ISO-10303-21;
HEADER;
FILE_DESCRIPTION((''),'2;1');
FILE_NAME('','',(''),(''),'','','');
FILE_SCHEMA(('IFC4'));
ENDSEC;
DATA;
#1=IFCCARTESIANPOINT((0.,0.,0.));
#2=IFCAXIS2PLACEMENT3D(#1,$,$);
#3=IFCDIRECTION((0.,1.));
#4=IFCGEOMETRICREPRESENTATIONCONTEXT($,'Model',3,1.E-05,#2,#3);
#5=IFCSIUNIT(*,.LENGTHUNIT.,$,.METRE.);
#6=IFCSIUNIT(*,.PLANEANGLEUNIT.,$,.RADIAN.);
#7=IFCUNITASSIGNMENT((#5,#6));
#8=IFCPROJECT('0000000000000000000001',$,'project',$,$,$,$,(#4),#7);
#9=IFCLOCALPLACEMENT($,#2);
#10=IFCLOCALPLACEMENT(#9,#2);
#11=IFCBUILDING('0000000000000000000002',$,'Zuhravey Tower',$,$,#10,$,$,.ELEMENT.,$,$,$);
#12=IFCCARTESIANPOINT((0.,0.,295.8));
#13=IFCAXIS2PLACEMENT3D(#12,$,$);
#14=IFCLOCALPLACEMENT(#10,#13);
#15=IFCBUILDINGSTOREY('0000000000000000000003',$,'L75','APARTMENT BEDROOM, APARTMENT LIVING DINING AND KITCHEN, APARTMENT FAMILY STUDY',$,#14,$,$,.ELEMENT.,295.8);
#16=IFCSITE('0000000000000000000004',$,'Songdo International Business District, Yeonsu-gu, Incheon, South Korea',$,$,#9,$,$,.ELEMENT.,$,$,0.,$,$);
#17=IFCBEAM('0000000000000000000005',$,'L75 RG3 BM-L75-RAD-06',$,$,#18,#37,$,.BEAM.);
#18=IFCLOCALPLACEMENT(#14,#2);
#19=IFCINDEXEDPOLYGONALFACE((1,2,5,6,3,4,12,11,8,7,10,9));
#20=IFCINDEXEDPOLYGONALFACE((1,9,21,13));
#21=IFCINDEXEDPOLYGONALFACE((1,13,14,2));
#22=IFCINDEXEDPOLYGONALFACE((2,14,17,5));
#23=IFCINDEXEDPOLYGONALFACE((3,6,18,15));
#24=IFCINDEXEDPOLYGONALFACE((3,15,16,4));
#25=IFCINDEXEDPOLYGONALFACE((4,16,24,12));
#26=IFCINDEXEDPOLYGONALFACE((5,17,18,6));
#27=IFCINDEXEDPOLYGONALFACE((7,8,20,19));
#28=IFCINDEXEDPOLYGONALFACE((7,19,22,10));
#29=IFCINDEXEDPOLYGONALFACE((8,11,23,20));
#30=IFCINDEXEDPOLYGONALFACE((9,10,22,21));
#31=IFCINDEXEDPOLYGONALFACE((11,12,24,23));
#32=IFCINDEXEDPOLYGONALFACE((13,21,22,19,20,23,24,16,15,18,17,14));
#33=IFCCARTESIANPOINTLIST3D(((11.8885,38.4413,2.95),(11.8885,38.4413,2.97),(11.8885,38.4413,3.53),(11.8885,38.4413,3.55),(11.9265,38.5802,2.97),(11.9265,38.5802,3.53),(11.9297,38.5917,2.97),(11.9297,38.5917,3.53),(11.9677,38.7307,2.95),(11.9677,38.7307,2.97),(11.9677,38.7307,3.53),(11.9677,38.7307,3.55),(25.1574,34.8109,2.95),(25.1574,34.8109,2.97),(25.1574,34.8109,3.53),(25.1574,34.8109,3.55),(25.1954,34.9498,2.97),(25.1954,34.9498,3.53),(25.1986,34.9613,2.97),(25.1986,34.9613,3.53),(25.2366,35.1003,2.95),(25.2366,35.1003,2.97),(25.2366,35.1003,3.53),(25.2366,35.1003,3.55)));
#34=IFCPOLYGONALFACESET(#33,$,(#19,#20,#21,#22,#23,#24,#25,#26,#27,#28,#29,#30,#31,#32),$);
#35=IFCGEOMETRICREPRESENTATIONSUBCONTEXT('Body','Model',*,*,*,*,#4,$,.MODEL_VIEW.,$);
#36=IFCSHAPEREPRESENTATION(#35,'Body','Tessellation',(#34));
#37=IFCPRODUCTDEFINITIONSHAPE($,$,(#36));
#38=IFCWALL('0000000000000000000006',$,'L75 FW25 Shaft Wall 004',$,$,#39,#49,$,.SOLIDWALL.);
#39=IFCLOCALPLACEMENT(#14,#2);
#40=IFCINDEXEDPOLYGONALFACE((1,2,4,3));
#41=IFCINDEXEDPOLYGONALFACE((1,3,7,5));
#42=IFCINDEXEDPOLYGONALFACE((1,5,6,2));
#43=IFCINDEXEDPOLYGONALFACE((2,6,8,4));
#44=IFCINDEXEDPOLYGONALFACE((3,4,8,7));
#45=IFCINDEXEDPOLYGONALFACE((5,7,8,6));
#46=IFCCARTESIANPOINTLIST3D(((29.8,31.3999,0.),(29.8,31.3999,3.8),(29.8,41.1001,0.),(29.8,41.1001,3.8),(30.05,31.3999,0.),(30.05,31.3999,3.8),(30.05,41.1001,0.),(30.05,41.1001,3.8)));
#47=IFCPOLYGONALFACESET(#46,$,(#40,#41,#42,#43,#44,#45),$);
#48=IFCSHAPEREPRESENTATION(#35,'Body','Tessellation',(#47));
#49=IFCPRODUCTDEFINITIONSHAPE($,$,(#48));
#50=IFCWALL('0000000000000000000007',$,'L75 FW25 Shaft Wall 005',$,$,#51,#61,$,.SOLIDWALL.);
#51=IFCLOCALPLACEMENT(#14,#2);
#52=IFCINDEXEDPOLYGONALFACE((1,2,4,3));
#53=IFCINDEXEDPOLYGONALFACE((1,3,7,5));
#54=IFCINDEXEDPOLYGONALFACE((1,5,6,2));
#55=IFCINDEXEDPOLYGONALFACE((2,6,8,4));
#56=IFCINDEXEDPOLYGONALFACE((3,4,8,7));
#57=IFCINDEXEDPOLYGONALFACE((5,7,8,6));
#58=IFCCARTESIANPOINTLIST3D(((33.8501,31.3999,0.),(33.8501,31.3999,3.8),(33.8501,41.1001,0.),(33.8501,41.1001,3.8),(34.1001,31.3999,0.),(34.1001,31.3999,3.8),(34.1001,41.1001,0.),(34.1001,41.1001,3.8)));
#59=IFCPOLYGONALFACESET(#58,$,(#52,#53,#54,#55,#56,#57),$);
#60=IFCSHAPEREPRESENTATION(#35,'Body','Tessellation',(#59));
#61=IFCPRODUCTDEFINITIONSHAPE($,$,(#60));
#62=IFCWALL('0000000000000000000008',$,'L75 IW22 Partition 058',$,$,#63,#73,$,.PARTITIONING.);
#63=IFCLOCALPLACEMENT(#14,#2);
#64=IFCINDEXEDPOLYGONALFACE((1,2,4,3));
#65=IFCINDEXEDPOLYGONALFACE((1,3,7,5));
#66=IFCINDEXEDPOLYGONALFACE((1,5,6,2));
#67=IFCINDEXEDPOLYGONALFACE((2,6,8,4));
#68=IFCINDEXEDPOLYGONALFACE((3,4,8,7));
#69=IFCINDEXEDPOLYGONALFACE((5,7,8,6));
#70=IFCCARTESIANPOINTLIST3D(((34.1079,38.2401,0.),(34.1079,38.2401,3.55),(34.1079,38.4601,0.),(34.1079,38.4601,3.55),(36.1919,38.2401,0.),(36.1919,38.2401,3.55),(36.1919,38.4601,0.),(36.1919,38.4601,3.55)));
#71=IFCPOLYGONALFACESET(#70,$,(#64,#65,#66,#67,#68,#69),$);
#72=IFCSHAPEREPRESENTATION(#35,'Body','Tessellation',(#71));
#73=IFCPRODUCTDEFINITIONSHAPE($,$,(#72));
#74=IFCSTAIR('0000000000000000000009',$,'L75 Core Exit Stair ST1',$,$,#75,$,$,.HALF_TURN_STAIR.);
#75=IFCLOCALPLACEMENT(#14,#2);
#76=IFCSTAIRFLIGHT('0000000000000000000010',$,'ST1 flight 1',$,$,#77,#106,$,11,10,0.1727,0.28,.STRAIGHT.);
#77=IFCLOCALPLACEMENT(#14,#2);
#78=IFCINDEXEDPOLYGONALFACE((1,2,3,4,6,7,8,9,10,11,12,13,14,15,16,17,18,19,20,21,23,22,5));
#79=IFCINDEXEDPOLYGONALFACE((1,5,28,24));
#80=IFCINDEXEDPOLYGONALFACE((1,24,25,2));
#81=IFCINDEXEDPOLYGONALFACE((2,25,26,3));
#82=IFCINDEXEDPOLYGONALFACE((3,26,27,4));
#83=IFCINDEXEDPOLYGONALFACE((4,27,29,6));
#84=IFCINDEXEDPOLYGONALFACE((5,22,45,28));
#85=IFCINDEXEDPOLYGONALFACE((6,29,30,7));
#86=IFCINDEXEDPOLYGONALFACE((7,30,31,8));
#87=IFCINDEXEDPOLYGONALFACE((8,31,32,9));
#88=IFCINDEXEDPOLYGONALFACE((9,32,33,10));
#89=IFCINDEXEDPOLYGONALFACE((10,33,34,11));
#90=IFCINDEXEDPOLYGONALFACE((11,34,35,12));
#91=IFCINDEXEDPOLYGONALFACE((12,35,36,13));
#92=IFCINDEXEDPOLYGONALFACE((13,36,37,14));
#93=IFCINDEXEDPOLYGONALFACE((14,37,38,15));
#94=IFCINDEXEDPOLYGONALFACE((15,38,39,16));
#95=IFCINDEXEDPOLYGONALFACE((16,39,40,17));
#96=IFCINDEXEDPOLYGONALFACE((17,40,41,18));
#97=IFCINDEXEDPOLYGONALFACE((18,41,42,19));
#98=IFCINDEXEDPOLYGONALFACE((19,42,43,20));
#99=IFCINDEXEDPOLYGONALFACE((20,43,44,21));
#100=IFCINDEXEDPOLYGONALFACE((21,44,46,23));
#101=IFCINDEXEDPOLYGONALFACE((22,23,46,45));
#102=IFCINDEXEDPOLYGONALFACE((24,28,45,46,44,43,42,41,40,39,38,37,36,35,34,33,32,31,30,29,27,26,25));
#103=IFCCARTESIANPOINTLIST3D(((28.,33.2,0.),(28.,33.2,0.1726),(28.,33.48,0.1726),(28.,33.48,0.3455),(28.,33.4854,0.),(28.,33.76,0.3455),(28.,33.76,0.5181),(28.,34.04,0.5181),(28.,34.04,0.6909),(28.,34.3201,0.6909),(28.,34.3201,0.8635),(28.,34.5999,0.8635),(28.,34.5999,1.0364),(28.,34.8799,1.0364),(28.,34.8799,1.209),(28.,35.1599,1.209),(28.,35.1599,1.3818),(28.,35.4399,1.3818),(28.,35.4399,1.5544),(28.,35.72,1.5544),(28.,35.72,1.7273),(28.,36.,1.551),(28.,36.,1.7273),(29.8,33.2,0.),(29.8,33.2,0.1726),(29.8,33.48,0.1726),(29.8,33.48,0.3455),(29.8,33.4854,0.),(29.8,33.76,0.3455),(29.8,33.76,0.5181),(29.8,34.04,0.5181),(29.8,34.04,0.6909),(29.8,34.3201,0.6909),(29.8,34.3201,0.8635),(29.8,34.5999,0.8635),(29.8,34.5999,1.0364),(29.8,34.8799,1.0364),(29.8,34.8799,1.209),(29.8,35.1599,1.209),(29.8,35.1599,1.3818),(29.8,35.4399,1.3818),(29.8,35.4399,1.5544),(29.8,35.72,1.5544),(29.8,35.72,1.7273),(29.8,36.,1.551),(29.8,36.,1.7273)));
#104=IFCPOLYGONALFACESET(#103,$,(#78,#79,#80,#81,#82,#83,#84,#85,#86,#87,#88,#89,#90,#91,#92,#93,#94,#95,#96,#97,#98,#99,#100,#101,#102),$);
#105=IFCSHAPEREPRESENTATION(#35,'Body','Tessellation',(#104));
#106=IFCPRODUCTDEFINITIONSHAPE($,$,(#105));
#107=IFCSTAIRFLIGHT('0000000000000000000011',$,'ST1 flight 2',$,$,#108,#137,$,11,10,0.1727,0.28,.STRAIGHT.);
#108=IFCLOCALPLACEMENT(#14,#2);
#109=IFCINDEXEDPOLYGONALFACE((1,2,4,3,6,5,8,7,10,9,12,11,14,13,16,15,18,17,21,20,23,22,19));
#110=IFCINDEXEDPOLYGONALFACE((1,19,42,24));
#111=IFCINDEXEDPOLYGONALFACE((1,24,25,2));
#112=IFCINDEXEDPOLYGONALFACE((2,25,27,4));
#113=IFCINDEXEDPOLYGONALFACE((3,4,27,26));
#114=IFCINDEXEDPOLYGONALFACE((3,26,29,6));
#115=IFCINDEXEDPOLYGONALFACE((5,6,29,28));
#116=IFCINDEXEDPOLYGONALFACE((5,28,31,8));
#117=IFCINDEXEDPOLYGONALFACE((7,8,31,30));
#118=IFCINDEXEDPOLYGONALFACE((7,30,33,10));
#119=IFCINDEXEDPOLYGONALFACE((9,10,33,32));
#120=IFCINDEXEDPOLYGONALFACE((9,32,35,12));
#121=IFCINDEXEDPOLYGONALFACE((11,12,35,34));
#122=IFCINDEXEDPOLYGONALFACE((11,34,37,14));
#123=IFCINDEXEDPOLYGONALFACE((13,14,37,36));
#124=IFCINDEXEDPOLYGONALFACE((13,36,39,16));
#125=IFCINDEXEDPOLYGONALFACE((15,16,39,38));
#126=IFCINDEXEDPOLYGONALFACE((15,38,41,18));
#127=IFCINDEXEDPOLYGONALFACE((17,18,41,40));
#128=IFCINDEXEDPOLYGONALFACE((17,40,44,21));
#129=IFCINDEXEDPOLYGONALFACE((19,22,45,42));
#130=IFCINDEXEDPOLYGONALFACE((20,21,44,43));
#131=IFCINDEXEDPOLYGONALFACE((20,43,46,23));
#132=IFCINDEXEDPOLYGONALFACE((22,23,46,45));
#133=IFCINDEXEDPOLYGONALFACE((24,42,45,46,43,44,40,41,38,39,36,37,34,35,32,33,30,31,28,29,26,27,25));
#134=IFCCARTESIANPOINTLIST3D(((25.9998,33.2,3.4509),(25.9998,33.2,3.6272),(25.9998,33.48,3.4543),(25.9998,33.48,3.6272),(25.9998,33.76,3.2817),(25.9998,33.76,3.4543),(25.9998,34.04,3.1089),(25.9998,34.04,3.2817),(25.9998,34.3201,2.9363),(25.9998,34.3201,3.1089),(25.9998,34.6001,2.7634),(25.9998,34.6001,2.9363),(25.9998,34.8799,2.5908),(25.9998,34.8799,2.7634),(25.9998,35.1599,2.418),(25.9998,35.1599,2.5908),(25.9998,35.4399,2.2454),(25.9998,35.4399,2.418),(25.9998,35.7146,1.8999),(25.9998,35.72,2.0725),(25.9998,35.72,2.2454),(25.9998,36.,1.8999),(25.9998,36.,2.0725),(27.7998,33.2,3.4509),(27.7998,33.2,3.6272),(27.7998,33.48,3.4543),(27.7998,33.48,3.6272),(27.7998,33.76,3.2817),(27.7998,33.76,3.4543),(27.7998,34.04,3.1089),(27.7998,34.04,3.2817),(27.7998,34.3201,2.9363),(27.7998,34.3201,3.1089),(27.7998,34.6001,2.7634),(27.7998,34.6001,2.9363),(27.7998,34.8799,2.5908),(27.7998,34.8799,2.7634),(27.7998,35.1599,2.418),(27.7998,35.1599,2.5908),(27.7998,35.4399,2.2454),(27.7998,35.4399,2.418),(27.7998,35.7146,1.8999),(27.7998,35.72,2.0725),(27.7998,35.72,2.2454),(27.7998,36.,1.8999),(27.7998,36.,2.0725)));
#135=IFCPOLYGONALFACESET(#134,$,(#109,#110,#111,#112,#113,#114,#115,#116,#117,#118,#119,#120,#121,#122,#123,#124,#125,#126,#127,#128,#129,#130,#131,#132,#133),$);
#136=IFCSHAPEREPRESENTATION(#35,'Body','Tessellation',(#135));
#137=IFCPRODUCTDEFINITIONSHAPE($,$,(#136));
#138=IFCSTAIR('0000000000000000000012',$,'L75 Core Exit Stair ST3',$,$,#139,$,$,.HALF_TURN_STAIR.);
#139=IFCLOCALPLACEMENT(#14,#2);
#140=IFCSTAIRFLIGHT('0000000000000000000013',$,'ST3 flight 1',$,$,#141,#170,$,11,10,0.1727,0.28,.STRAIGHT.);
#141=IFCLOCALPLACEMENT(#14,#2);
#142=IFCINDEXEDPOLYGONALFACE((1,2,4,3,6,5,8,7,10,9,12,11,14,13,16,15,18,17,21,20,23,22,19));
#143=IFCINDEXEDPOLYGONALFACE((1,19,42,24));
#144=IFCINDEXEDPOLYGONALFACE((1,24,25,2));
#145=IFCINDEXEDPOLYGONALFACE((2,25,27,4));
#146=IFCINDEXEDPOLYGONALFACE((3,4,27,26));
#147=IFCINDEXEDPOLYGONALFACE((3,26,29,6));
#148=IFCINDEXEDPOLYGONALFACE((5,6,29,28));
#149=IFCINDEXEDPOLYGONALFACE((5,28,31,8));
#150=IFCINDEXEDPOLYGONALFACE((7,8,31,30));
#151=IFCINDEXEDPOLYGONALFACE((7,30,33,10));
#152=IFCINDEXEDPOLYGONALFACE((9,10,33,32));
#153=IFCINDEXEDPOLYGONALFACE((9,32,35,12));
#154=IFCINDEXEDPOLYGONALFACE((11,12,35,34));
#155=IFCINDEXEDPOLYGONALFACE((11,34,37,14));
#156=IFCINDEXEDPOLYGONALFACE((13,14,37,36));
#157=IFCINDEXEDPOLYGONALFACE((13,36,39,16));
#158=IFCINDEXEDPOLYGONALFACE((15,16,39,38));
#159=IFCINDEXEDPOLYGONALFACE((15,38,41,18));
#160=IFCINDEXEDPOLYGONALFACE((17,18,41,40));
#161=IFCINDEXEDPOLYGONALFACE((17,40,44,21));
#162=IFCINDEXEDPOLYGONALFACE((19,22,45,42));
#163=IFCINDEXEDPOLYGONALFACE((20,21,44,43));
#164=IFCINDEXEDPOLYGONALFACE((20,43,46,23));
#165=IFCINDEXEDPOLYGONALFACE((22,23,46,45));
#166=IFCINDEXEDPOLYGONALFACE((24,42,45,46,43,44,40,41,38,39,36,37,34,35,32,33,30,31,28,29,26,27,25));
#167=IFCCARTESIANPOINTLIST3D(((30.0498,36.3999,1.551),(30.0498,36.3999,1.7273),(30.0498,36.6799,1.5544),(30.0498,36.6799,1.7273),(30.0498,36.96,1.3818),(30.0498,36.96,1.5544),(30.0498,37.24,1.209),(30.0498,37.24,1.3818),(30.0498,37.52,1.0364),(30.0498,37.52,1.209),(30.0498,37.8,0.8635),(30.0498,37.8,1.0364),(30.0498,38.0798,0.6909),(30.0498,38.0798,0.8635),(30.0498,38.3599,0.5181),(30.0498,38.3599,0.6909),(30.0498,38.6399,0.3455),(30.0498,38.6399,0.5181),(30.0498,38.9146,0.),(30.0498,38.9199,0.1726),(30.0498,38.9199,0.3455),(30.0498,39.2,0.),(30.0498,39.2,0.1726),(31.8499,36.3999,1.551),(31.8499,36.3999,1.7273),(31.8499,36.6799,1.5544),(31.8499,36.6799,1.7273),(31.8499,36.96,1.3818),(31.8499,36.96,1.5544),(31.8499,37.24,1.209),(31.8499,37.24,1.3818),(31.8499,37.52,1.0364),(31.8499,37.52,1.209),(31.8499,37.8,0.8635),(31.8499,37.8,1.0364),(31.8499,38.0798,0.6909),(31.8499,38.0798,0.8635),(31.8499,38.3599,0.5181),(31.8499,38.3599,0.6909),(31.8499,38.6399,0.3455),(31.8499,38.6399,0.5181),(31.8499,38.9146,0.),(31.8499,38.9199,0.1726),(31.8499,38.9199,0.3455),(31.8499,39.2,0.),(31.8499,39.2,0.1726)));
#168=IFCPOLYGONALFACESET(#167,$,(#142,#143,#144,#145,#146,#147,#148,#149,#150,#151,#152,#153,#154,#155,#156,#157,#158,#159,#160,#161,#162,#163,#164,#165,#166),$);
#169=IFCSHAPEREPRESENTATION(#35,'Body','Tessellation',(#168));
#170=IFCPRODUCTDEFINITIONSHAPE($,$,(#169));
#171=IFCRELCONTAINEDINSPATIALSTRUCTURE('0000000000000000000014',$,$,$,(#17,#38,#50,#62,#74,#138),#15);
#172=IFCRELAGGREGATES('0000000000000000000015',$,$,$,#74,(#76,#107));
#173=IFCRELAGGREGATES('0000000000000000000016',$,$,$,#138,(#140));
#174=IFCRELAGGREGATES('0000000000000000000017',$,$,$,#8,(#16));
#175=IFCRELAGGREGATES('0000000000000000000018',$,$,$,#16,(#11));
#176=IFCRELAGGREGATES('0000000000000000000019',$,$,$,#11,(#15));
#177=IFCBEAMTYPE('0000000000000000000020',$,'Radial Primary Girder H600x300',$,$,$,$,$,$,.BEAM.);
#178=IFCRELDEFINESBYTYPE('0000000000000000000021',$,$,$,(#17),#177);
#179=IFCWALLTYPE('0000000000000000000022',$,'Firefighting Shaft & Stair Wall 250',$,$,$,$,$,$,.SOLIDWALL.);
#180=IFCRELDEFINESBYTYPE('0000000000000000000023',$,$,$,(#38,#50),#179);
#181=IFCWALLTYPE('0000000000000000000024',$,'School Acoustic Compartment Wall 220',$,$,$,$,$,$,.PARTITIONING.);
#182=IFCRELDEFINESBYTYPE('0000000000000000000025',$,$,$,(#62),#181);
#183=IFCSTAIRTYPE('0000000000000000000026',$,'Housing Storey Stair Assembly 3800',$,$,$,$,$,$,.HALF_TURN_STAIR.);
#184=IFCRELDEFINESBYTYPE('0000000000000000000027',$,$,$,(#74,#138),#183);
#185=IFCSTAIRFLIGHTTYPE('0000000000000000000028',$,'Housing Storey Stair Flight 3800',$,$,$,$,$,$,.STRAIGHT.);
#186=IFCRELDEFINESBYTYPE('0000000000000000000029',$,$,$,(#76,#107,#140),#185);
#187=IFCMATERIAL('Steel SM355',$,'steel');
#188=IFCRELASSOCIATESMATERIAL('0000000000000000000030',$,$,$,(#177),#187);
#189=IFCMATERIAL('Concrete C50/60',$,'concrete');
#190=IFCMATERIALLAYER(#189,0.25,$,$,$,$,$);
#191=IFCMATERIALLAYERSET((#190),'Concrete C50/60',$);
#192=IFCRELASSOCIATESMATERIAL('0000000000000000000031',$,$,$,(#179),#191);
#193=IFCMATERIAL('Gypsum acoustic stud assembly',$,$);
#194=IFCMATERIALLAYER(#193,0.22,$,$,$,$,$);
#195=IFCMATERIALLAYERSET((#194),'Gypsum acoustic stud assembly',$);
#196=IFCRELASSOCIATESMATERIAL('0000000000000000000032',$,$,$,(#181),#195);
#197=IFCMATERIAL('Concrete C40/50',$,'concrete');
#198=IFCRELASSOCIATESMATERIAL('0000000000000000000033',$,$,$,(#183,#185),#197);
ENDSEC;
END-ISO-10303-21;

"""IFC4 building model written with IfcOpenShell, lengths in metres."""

from ifc_helpers import new_model, si_unit, direction, frame, frame_2d, origin, origin_2d, place, context, subcontext, project, spatial, polyline, rectangle, i_section, outline, extrude, material, layer, layer_set, material_profile, profile_set, type_object, element, aggregate, save


model = new_model("IFC4")

# Units and contexts
model_context = context("Model", 3, precision=1e-05, world=origin(), true_north=direction((0.0, 1.0)))
body_context = subcontext(model_context, "Body", "Model", "MODEL_VIEW")
ifc_project = project(units=[si_unit("LENGTHUNIT", "METRE"), si_unit("PLANEANGLEUNIT", "RADIAN")], contexts=[model_context])

# Site, building, storey
site_placement = place(None, origin())
site = spatial("IfcSite", under=ifc_project, at=site_placement, Name="Songdo International Business District, Yeonsu-gu, Incheon, South Korea", CompositionType="ELEMENT", RefElevation=0.0)
building_placement = place(site_placement, origin())
building = spatial("IfcBuilding", under=site, at=building_placement, Name="Zuhravey Tower", CompositionType="ELEMENT")
storey_placement = place(building_placement, frame((0.0, 0.0, 295.8)))
storey = spatial("IfcBuildingStorey", under=building, at=storey_placement, Name="L75", Description="APARTMENT BEDROOM, APARTMENT LIVING DINING AND KITCHEN, APARTMENT FAMILY STUDY", CompositionType="ELEMENT", Elevation=295.8)

# Beam
ifc_material_1 = material(Name="Steel SM355", Category="steel")
ifc_material_profile = material_profile(ifc_material_1, i_section(OverallWidth=0.3, OverallDepth=0.6001, WebThickness=0.012, FlangeThickness=0.02, at=origin_2d()), Name="H-600x300x12x20")
ifc_profile_set = profile_set([ifc_material_profile], Name="Steel SM355")
beam_type = type_object("IfcBeamType", Name="Radial Primary Girder H600x300", PredefinedType="BEAM", material=ifc_profile_set)
beam_placement = place(storey_placement, frame((25.197, 34.9556, 3.25), z_axis=(-0.964549, 0.263903, 0.0), x_axis=(-0.263903, -0.964549, 0.0)))
element("IfcBeam", 1, at=beam_placement, inside=storey, type_object=beam_type, Name="L75 RG3 BM-L75-RAD-06", PredefinedType="BEAM", context=body_context, shape_type="SweptSolid", body=[
    extrude(i_section(OverallWidth=0.3, OverallDepth=0.6001, WebThickness=0.012, FlangeThickness=0.02, at=origin_2d()), origin(), (0.0, 0.0, 1.0), 13.7566),
])

# Shared definitions
ifc_material_2 = material(Name="Concrete C50/60", Category="concrete")
ifc_layer_1 = layer(ifc_material_2, 0.25)
ifc_layer_set_1 = layer_set([ifc_layer_1], Name="Concrete C50/60")
wall_type_1 = type_object("IfcWallType", Name="Firefighting Shaft & Stair Wall 250", PredefinedType="SOLIDWALL", material=ifc_layer_set_1)

# Walls
for number, where, z_axis, x_axis, name in (
    (2, (29.925, 31.3999, 0.0), (0.0, 0.0, 1.0), (0.0, 1.0, 0.0), "L75 FW25 Shaft Wall 004"),
    (3, (33.9751, 31.3999, 0.0), (0.0, 0.0, 1.0), (0.0, 1.0, 0.0), "L75 FW25 Shaft Wall 005"),
):
    element("IfcWall", number, at=place(storey_placement, frame(where, z_axis=z_axis, x_axis=x_axis)), inside=storey, type_object=wall_type_1, Name=name, PredefinedType="SOLIDWALL", context=body_context, shape_type="SweptSolid", body=[
        extrude(rectangle(XDim=9.7002, YDim=0.25, at=frame_2d((4.8501, 0.0))), origin(), (0.0, 0.0, 1.0), 3.8),
    ])
ifc_material_3 = material(Name="Gypsum acoustic stud assembly")
ifc_layer_2 = layer(ifc_material_3, 0.22)
ifc_layer_set_2 = layer_set([ifc_layer_2], Name="Gypsum acoustic stud assembly")
wall_type_2 = type_object("IfcWallType", Name="School Acoustic Compartment Wall 220", PredefinedType="PARTITIONING", material=ifc_layer_set_2)
wall_1_placement = place(storey_placement, frame((34.1079, 38.3501, 0.0), z_axis=(0.0, 0.0, 1.0), x_axis=(1.0, 0.0, 0.0)))
element("IfcWall", 4, at=wall_1_placement, inside=storey, type_object=wall_type_2, Name="L75 IW22 Partition 058", PredefinedType="PARTITIONING", context=body_context, shape_type="SweptSolid", body=[
    extrude(rectangle(XDim=2.084, YDim=0.22, at=frame_2d((1.042, 0.0))), origin(), (0.0, 0.0, 1.0), 3.55),
])

# Stairs, stair flights
ifc_material_4 = material(Name="Concrete C40/50", Category="concrete")
stair_type = type_object("IfcStairType", Name="Housing Storey Stair Assembly 3800", PredefinedType="HALF_TURN_STAIR", material=ifc_material_4)
stair_1_placement = place(storey_placement, origin())
stair_1 = element("IfcStair", 5, at=stair_1_placement, inside=storey, type_object=stair_type, Name="L75 Core Exit Stair ST1", PredefinedType="HALF_TURN_STAIR")
stair_flight_type = type_object("IfcStairFlightType", Name="Housing Storey Stair Flight 3800", PredefinedType="STRAIGHT", material=ifc_material_4)
stair_flight_1_placement = place(storey_placement, frame((28.8999, 33.2, 0.0), z_axis=(0.0, 0.0, 1.0), x_axis=(0.0, 1.0, 0.0)))
stair_flight_1 = element("IfcStairFlight", 6, at=stair_flight_1_placement, type_object=stair_flight_type, Name="ST1 flight 1", NumberOfRisers=11, NumberOfTreads=10, PredefinedType="STRAIGHT", RiserHeight=0.1727, TreadLength=0.28, context=body_context, shape_type="SweptSolid", body=[
    extrude(outline(polyline([(0.0, 0.0), (0.0, 0.1726), (0.28, 0.1726), (0.28, 0.3455), (0.5601, 0.3455), (0.5601, 0.5181), (0.8401, 0.5181), (0.8401, 0.6909), (1.1201, 0.6909), (1.1201, 0.8635), (1.3999, 0.8635), (1.3999, 1.0364), (1.6799, 1.0364), (1.6799, 1.209), (1.96, 1.209), (1.96, 1.3818), (2.24, 1.3818), (2.24, 1.5544), (2.52, 1.5544), (2.52, 1.7273), (2.8, 1.7273), (2.8, 1.8999), (2.8, 1.551), (0.2854, 0.0), (0.0, 0.0)])), frame((0.0, 0.8999, 0.0), z_axis=(0.0, -1.0, 0.0), x_axis=(1.0, 0.0, 0.0)), (0.0, 0.0, 1.0), 1.8),
])
stair_flight_2_placement = place(storey_placement, frame((26.8999, 36.0, 1.8999), z_axis=(0.0, 0.0, 1.0), x_axis=(0.0, -1.0, 0.0)))
stair_flight_2 = element("IfcStairFlight", 7, at=stair_flight_2_placement, type_object=stair_flight_type, Name="ST1 flight 2", NumberOfRisers=11, NumberOfTreads=10, PredefinedType="STRAIGHT", RiserHeight=0.1727, TreadLength=0.28, context=body_context, shape_type="SweptSolid", body=[
    extrude(outline(polyline([(0.0, 0.0), (0.0, 0.1726), (0.28, 0.1726), (0.28, 0.3455), (0.5601, 0.3455), (0.5601, 0.5181), (0.8401, 0.5181), (0.8401, 0.6909), (1.1201, 0.6909), (1.1201, 0.8635), (1.3999, 0.8635), (1.3999, 1.0364), (1.6799, 1.0364), (1.6799, 1.209), (1.96, 1.209), (1.96, 1.3818), (2.24, 1.3818), (2.24, 1.5544), (2.52, 1.5544), (2.52, 1.7273), (2.8, 1.7273), (2.8, 1.8999), (2.8, 1.551), (0.2854, 0.0), (0.0, 0.0)])), frame((0.0, 0.8999, 0.0), z_axis=(0.0, -1.0, 0.0), x_axis=(1.0, 0.0, 0.0)), (0.0, 0.0, 1.0), 1.8),
])
aggregate(stair_1, [stair_flight_1, stair_flight_2])
stair_2_placement = place(storey_placement, origin())
stair_2 = element("IfcStair", 8, at=stair_2_placement, inside=storey, type_object=stair_type, Name="L75 Core Exit Stair ST3", PredefinedType="HALF_TURN_STAIR")
stair_flight_3_placement = place(storey_placement, frame((30.95, 39.2, 0.0), z_axis=(0.0, 0.0, 1.0), x_axis=(0.0, -1.0, 0.0)))
stair_flight_3 = element("IfcStairFlight", 9, at=stair_flight_3_placement, type_object=stair_flight_type, Name="ST3 flight 1", NumberOfRisers=11, NumberOfTreads=10, PredefinedType="STRAIGHT", RiserHeight=0.1727, TreadLength=0.28, context=body_context, shape_type="SweptSolid", body=[
    extrude(outline(polyline([(0.0, 0.0), (0.0, 0.1726), (0.28, 0.1726), (0.28, 0.3455), (0.5601, 0.3455), (0.5601, 0.5181), (0.8401, 0.5181), (0.8401, 0.6909), (1.1201, 0.6909), (1.1201, 0.8635), (1.3999, 0.8635), (1.3999, 1.0364), (1.6799, 1.0364), (1.6799, 1.209), (1.96, 1.209), (1.96, 1.3818), (2.24, 1.3818), (2.24, 1.5544), (2.52, 1.5544), (2.52, 1.7273), (2.8, 1.7273), (2.8, 1.8999), (2.8, 1.551), (0.2854, 0.0), (0.0, 0.0)])), frame((0.0, 0.8999, 0.0), z_axis=(0.0, -1.0, 0.0), x_axis=(1.0, 0.0, 0.0)), (0.0, 0.0, 1.0), 1.8),
])
aggregate(stair_2, [stair_flight_3])

save(model, "model.ifc")
